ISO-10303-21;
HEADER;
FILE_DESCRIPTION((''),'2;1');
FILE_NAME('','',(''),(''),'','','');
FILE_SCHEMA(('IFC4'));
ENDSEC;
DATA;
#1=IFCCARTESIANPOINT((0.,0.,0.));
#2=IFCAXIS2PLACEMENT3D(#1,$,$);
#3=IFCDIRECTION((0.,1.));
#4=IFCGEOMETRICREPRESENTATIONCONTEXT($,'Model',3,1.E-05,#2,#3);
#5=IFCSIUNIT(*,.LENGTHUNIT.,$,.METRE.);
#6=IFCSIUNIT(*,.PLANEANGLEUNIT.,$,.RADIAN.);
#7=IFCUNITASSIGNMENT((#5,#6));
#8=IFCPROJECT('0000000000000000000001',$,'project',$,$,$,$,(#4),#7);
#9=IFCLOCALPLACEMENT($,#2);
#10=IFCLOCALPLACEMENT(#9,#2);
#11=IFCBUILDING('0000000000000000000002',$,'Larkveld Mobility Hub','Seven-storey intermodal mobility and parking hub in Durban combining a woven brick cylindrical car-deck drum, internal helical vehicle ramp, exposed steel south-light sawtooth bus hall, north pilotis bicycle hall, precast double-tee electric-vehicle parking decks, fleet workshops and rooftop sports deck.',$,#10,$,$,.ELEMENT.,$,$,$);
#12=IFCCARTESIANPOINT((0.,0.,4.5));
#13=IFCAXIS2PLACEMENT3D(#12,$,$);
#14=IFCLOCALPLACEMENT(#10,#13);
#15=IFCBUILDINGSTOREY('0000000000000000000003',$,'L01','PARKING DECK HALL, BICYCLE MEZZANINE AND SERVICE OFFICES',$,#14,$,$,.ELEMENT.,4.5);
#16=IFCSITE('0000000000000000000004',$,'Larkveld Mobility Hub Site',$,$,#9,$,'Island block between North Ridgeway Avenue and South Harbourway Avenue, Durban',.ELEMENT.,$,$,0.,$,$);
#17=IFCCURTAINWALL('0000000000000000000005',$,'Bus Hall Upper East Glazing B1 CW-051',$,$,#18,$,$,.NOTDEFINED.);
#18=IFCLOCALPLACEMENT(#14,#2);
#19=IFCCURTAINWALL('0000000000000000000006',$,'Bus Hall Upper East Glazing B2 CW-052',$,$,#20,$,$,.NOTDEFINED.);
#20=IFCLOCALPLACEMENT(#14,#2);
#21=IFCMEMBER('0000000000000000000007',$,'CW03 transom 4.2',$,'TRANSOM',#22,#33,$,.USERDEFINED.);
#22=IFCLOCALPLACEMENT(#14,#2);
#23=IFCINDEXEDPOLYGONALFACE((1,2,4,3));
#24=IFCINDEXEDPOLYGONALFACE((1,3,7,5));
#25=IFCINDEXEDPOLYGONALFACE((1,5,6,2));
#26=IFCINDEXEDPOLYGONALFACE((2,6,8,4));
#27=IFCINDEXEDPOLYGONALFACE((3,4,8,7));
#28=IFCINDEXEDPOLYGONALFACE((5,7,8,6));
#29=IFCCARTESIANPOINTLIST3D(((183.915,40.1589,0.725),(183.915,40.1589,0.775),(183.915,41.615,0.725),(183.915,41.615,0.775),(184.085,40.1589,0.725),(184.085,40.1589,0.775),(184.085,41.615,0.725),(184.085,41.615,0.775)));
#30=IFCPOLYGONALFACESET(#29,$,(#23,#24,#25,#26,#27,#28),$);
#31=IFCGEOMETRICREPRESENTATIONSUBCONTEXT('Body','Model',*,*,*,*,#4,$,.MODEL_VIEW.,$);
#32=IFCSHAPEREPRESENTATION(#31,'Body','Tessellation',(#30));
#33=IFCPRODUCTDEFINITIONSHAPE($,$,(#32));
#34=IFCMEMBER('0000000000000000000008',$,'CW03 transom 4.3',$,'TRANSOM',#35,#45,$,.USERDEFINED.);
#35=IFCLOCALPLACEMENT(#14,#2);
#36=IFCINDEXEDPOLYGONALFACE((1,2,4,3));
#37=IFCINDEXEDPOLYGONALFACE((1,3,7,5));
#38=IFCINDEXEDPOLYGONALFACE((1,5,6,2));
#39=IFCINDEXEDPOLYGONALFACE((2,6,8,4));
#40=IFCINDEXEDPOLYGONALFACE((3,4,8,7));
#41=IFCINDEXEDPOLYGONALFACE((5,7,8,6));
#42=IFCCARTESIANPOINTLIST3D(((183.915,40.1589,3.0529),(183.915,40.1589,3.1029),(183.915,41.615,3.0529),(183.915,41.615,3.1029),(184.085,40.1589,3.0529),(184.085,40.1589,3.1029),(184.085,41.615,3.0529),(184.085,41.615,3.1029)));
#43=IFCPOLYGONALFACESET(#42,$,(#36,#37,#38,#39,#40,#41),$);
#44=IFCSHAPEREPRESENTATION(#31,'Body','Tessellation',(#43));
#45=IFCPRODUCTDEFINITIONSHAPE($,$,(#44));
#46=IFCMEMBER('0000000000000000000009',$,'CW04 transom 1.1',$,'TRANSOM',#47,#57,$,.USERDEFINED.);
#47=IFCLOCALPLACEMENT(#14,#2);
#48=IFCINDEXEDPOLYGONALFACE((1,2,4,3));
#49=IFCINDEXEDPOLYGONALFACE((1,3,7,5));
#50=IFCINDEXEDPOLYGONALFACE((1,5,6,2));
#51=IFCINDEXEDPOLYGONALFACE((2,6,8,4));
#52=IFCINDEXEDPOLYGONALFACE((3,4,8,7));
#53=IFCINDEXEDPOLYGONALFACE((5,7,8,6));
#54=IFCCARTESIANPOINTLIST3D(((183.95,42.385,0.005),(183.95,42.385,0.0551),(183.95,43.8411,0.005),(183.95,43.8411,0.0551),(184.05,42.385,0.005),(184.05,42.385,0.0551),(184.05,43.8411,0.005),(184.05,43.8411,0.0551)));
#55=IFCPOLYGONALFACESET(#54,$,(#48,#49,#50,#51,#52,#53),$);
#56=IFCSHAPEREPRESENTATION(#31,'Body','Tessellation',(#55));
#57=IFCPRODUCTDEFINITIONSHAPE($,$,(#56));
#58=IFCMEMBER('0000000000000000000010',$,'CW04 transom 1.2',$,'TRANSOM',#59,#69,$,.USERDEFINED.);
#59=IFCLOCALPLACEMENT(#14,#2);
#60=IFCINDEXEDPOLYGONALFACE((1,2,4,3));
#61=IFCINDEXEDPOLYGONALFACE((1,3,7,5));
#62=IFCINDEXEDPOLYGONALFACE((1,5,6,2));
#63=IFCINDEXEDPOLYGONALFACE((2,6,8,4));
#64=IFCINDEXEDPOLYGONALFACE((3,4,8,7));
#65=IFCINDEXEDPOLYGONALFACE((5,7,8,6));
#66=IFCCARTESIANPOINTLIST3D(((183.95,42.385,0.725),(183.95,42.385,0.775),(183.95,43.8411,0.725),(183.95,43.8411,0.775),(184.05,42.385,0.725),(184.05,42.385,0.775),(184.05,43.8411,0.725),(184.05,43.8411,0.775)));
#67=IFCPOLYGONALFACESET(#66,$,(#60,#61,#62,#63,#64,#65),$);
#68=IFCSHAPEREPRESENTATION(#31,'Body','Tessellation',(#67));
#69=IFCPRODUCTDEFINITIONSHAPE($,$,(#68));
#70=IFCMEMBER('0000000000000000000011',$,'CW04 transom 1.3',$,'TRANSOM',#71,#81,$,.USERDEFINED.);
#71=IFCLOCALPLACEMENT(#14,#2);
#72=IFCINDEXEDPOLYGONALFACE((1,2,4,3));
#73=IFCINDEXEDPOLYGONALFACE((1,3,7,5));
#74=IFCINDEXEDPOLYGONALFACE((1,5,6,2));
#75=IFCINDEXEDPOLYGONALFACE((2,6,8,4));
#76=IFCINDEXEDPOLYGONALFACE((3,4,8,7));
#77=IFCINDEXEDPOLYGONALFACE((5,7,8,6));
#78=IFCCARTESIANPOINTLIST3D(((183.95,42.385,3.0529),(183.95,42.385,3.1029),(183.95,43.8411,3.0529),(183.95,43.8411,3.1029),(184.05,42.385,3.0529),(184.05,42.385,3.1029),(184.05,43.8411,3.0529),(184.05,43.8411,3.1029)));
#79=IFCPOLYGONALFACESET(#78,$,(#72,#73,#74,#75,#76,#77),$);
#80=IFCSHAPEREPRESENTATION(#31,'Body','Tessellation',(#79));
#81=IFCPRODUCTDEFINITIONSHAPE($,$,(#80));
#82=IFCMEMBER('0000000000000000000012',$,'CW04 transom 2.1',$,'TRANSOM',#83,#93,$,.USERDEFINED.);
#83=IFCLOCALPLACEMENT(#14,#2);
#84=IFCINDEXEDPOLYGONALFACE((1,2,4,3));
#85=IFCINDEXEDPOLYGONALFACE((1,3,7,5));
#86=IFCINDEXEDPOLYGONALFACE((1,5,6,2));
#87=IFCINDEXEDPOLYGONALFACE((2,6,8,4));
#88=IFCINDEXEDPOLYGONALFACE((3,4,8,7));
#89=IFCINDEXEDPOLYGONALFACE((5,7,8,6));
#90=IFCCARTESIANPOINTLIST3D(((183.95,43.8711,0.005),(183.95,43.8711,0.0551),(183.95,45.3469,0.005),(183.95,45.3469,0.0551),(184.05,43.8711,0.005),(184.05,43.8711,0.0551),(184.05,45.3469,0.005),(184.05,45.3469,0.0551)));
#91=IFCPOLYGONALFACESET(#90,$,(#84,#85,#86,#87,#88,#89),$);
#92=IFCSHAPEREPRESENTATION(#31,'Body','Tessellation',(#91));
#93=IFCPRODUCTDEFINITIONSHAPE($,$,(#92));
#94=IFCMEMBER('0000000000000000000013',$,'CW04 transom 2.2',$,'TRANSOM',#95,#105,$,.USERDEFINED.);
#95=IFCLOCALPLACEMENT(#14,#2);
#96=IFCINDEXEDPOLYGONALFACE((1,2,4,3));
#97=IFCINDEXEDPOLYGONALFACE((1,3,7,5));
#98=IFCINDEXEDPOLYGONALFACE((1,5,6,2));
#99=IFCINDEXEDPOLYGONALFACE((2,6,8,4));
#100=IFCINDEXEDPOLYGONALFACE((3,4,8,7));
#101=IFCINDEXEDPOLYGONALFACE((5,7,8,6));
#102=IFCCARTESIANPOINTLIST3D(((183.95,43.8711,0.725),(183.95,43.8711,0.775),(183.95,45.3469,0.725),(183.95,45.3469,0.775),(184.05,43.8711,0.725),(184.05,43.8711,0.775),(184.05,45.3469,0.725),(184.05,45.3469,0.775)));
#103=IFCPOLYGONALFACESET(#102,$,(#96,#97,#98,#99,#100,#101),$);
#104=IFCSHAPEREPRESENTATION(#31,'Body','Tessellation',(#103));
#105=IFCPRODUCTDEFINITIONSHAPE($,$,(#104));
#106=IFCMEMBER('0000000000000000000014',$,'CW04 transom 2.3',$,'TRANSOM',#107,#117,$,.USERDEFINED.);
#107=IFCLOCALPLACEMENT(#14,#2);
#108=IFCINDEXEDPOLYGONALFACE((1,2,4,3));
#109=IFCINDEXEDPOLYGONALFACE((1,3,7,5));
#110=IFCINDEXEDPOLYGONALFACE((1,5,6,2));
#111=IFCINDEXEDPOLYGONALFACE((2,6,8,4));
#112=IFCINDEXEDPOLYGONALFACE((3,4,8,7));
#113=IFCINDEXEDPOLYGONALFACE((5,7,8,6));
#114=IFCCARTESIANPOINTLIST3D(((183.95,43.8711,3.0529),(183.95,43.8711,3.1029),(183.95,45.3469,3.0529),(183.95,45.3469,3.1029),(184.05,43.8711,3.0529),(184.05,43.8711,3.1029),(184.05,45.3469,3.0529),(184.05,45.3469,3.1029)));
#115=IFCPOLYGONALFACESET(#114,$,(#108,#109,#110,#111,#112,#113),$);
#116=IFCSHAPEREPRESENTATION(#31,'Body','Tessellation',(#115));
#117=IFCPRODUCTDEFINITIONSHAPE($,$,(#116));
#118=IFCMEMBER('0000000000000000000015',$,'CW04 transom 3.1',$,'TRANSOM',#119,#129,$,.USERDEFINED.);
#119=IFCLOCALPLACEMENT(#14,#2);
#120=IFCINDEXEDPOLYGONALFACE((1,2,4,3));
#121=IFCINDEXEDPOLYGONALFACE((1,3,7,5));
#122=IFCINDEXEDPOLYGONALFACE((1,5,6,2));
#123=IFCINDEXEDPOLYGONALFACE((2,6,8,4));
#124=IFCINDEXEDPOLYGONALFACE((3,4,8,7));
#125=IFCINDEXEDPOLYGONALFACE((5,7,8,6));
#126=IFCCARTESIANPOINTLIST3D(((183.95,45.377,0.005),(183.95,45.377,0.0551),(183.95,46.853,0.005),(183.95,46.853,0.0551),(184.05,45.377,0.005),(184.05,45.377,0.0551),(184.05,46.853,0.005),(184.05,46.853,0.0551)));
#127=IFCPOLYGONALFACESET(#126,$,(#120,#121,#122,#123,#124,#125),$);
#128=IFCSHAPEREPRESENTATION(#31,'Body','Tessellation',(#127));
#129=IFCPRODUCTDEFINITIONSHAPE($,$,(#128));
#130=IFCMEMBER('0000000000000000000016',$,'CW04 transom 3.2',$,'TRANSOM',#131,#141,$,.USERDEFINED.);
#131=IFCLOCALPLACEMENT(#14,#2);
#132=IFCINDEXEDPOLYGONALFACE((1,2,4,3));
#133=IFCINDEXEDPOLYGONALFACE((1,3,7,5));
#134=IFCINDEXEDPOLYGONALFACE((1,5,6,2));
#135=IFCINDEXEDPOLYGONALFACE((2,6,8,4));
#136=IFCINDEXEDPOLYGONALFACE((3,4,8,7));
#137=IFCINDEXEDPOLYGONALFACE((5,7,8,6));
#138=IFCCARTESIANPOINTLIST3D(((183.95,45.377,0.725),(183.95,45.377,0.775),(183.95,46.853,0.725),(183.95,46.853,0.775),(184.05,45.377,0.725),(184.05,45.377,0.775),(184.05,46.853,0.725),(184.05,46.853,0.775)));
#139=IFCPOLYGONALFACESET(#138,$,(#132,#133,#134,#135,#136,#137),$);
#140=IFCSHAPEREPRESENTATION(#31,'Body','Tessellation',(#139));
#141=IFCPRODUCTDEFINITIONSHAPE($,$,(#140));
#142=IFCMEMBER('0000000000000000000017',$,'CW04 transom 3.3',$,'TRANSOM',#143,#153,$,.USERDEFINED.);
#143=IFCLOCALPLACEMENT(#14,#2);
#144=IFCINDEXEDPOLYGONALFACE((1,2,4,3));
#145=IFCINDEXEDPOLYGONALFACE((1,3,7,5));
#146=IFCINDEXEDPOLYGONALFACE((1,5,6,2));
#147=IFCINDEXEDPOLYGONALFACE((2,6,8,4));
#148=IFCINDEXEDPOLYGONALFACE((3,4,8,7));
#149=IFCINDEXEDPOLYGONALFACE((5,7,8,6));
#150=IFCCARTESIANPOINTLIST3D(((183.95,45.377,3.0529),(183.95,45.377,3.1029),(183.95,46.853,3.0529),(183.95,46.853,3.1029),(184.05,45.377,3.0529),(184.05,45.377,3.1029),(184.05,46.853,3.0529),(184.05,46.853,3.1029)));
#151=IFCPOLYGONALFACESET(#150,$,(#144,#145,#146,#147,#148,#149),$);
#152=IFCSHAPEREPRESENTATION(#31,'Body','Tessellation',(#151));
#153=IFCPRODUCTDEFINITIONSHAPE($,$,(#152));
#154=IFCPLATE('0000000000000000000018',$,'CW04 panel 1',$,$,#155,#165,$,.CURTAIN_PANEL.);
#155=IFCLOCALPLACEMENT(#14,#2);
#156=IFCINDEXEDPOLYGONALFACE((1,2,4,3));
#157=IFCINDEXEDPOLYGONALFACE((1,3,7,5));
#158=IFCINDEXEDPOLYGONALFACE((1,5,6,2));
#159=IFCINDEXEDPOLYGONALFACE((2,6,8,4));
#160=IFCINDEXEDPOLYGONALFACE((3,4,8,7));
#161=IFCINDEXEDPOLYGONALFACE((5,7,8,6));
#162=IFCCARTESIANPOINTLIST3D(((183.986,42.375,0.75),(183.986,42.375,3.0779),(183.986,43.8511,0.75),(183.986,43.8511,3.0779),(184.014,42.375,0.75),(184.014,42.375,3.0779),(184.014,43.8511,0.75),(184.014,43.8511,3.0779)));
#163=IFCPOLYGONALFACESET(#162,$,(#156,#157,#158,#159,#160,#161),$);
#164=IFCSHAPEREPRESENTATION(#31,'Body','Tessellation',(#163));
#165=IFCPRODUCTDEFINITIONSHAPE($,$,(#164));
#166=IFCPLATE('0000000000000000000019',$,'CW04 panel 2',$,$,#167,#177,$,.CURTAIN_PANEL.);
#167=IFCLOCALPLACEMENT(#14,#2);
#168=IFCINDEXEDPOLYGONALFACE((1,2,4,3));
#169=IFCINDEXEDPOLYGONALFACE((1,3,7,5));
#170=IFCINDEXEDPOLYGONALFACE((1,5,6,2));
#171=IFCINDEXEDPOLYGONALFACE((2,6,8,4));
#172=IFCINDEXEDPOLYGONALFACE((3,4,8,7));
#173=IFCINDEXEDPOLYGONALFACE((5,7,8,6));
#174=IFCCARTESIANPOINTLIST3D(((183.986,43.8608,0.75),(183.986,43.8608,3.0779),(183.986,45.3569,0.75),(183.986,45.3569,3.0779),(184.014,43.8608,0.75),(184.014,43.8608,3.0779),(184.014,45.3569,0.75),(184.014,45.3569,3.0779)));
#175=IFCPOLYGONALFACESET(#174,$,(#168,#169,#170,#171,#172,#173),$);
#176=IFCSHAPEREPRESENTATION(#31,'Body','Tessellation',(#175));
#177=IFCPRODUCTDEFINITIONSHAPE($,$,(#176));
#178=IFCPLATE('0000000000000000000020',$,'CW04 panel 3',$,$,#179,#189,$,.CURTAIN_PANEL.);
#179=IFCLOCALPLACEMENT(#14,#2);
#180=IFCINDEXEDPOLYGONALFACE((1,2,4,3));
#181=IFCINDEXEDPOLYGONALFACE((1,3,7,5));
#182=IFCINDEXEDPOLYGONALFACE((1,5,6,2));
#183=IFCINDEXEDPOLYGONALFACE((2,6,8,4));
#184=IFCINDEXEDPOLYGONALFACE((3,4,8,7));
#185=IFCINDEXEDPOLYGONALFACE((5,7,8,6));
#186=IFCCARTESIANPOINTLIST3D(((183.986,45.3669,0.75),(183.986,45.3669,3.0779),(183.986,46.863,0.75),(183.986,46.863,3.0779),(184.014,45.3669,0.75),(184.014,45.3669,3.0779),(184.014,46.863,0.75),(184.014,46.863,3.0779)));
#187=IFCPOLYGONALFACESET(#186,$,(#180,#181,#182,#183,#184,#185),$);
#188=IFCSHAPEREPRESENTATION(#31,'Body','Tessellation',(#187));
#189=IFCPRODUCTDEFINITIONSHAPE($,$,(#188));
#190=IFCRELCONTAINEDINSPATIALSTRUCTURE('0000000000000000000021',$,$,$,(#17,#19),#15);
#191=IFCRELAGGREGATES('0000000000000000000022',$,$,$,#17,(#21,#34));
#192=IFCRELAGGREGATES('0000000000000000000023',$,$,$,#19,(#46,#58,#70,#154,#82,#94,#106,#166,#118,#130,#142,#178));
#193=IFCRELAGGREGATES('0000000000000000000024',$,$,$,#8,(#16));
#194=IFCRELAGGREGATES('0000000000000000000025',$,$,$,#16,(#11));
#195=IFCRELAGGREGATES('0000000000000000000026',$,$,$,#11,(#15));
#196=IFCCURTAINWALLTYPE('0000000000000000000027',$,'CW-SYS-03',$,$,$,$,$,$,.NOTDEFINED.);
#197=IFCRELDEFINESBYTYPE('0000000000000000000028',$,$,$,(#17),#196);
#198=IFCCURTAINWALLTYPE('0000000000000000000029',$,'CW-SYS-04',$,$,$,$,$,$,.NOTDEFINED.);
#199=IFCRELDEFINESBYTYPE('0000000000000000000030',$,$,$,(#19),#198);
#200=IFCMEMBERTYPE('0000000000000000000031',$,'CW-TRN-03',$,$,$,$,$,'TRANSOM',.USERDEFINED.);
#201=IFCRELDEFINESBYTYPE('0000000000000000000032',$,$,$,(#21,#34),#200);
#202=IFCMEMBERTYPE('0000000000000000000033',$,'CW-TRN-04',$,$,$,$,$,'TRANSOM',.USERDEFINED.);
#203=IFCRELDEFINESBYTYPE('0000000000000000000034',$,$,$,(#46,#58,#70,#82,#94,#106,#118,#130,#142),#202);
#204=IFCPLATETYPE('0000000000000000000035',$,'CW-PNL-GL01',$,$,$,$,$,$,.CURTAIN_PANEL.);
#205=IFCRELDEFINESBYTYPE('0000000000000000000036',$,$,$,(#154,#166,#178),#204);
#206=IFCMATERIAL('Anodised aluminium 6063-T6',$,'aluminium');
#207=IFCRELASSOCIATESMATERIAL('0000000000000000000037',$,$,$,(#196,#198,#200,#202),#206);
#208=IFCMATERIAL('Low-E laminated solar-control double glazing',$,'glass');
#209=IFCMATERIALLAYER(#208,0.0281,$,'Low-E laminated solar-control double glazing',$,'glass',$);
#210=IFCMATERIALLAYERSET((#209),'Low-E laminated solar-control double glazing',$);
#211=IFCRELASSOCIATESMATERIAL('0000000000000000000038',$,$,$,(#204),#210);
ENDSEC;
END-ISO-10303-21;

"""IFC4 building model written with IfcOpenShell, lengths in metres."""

from ifc_helpers import new_model, si_unit, direction, frame, origin, origin_2d, place, context, subcontext, project, spatial, rectangle, extrude, material, layer, layer_set, material_profile, profile_set, type_object, element, aggregate, save


model = new_model("IFC4")

# Units and contexts
model_context = context("Model", 3, precision=1e-05, world=origin(), true_north=direction((0.0, 1.0)))
body_context = subcontext(model_context, "Body", "Model", "MODEL_VIEW")
ifc_project = project(units=[si_unit("LENGTHUNIT", "METRE"), si_unit("PLANEANGLEUNIT", "RADIAN")], contexts=[model_context])

# Site, building, storey
site_placement = place(None, origin())
site = spatial("IfcSite", under=ifc_project, at=site_placement, Name="Larkveld Mobility Hub Site", LongName="Island block between North Ridgeway Avenue and South Harbourway Avenue, Durban", CompositionType="ELEMENT", RefElevation=0.0)
building_placement = place(site_placement, origin())
building = spatial("IfcBuilding", under=site, at=building_placement, Name="Larkveld Mobility Hub", Description="Seven-storey intermodal mobility and parking hub in Durban combining a woven brick cylindrical car-deck drum, internal helical vehicle ramp, exposed steel south-light sawtooth bus hall, north pilotis bicycle hall, precast double-tee electric-vehicle parking decks, fleet workshops and rooftop sports deck.", CompositionType="ELEMENT")
storey_placement = place(building_placement, frame((0.0, 0.0, 4.5)))
storey = spatial("IfcBuildingStorey", under=building, at=storey_placement, Name="L01", Description="PARKING DECK HALL, BICYCLE MEZZANINE AND SERVICE OFFICES", CompositionType="ELEMENT", Elevation=4.5)

# Curtain walls
ifc_material_1 = material(Name="Anodised aluminium 6063-T6", Category="aluminium")
curtain_wall_type_1 = type_object("IfcCurtainWallType", Name="CW-SYS-03", PredefinedType="NOTDEFINED", material=ifc_material_1)
curtain_wall_1_placement = place(storey_placement, origin())
curtain_wall_1 = element("IfcCurtainWall", 1, at=curtain_wall_1_placement, inside=storey, type_object=curtain_wall_type_1, Name="Bus Hall Upper East Glazing B1 CW-051", PredefinedType="NOTDEFINED")
curtain_wall_type_2 = type_object("IfcCurtainWallType", Name="CW-SYS-04", PredefinedType="NOTDEFINED", material=ifc_material_1)
curtain_wall_2_placement = place(storey_placement, origin())
curtain_wall_2 = element("IfcCurtainWall", 2, at=curtain_wall_2_placement, inside=storey, type_object=curtain_wall_type_2, Name="Bus Hall Upper East Glazing B2 CW-052", PredefinedType="NOTDEFINED")

# Members
ifc_material_profile_1 = material_profile(ifc_material_1, rectangle(XDim=0.1699, YDim=0.05, at=origin_2d()), Name="ALU TRAN 50x170")
ifc_profile_set_1 = profile_set([ifc_material_profile_1], Name="Anodised aluminium 6063-T6")
member_type_1 = type_object("IfcMemberType", Name="CW-TRN-03", ElementType="TRANSOM", PredefinedType="USERDEFINED", material=ifc_profile_set_1)
member_1_placement = place(storey_placement, frame((184.0, 40.1589, 0.75), z_axis=(0.0, 1.0, 0.0), x_axis=(-1.0, 0.0, 0.0)))
member_1 = element("IfcMember", 3, at=member_1_placement, type_object=member_type_1, Name="CW03 transom 4.2", ObjectType="TRANSOM", PredefinedType="USERDEFINED", context=body_context, shape_type="SweptSolid", body=[
    extrude(rectangle(XDim=0.1699, YDim=0.05, at=origin_2d()), origin(), (0.0, 0.0, 1.0), 1.4561),
])
member_2_placement = place(storey_placement, frame((184.0, 40.1589, 3.0779), z_axis=(0.0, 1.0, 0.0), x_axis=(-1.0, 0.0, 0.0)))
member_2 = element("IfcMember", 4, at=member_2_placement, type_object=member_type_1, Name="CW03 transom 4.3", ObjectType="TRANSOM", PredefinedType="USERDEFINED", context=body_context, shape_type="SweptSolid", body=[
    extrude(rectangle(XDim=0.1699, YDim=0.05, at=origin_2d()), origin(), (0.0, 0.0, 1.0), 1.4561),
])
ifc_material_profile_2 = material_profile(ifc_material_1, rectangle(XDim=0.1001, YDim=0.05, at=origin_2d()), Name="ALU TRAN 50x100")
ifc_profile_set_2 = profile_set([ifc_material_profile_2], Name="Anodised aluminium 6063-T6")
member_type_2 = type_object("IfcMemberType", Name="CW-TRN-04", ElementType="TRANSOM", PredefinedType="USERDEFINED", material=ifc_profile_set_2)
member_3_placement = place(storey_placement, frame((184.0, 42.385, 0.03), z_axis=(0.0, 1.0, 0.0), x_axis=(-1.0, 0.0, 0.0)))
member_3 = element("IfcMember", 5, at=member_3_placement, type_object=member_type_2, Name="CW04 transom 1.1", ObjectType="TRANSOM", PredefinedType="USERDEFINED", context=body_context, shape_type="SweptSolid", body=[
    extrude(rectangle(XDim=0.1001, YDim=0.05, at=origin_2d()), origin(), (0.0, 0.0, 1.0), 1.4561),
])
member_4_placement = place(storey_placement, frame((184.0, 42.385, 0.75), z_axis=(0.0, 1.0, 0.0), x_axis=(-1.0, 0.0, 0.0)))
member_4 = element("IfcMember", 6, at=member_4_placement, type_object=member_type_2, Name="CW04 transom 1.2", ObjectType="TRANSOM", PredefinedType="USERDEFINED", context=body_context, shape_type="SweptSolid", body=[
    extrude(rectangle(XDim=0.1001, YDim=0.05, at=origin_2d()), origin(), (0.0, 0.0, 1.0), 1.4561),
])
member_5_placement = place(storey_placement, frame((184.0, 42.385, 3.0779), z_axis=(0.0, 1.0, 0.0), x_axis=(-1.0, 0.0, 0.0)))
member_5 = element("IfcMember", 7, at=member_5_placement, type_object=member_type_2, Name="CW04 transom 1.3", ObjectType="TRANSOM", PredefinedType="USERDEFINED", context=body_context, shape_type="SweptSolid", body=[
    extrude(rectangle(XDim=0.1001, YDim=0.05, at=origin_2d()), origin(), (0.0, 0.0, 1.0), 1.4561),
])
member_6_placement = place(storey_placement, frame((184.0, 43.8711, 0.03), z_axis=(0.0, 1.0, 0.0), x_axis=(-1.0, 0.0, 0.0)))
member_6 = element("IfcMember", 8, at=member_6_placement, type_object=member_type_2, Name="CW04 transom 2.1", ObjectType="TRANSOM", PredefinedType="USERDEFINED", context=body_context, shape_type="SweptSolid", body=[
    extrude(rectangle(XDim=0.1001, YDim=0.05, at=origin_2d()), origin(), (0.0, 0.0, 1.0), 1.4758),
])
member_7_placement = place(storey_placement, frame((184.0, 43.8711, 0.75), z_axis=(0.0, 1.0, 0.0), x_axis=(-1.0, 0.0, 0.0)))
member_7 = element("IfcMember", 9, at=member_7_placement, type_object=member_type_2, Name="CW04 transom 2.2", ObjectType="TRANSOM", PredefinedType="USERDEFINED", context=body_context, shape_type="SweptSolid", body=[
    extrude(rectangle(XDim=0.1001, YDim=0.05, at=origin_2d()), origin(), (0.0, 0.0, 1.0), 1.4758),
])
member_8_placement = place(storey_placement, frame((184.0, 43.8711, 3.0779), z_axis=(0.0, 1.0, 0.0), x_axis=(-1.0, 0.0, 0.0)))
member_8 = element("IfcMember", 10, at=member_8_placement, type_object=member_type_2, Name="CW04 transom 2.3", ObjectType="TRANSOM", PredefinedType="USERDEFINED", context=body_context, shape_type="SweptSolid", body=[
    extrude(rectangle(XDim=0.1001, YDim=0.05, at=origin_2d()), origin(), (0.0, 0.0, 1.0), 1.4758),
])
member_9_placement = place(storey_placement, frame((184.0, 45.377, 0.03), z_axis=(0.0, 1.0, 0.0), x_axis=(-1.0, 0.0, 0.0)))
member_9 = element("IfcMember", 11, at=member_9_placement, type_object=member_type_2, Name="CW04 transom 3.1", ObjectType="TRANSOM", PredefinedType="USERDEFINED", context=body_context, shape_type="SweptSolid", body=[
    extrude(rectangle(XDim=0.1001, YDim=0.05, at=origin_2d()), origin(), (0.0, 0.0, 1.0), 1.4761),
])
member_10_placement = place(storey_placement, frame((184.0, 45.377, 0.75), z_axis=(0.0, 1.0, 0.0), x_axis=(-1.0, 0.0, 0.0)))
member_10 = element("IfcMember", 12, at=member_10_placement, type_object=member_type_2, Name="CW04 transom 3.2", ObjectType="TRANSOM", PredefinedType="USERDEFINED", context=body_context, shape_type="SweptSolid", body=[
    extrude(rectangle(XDim=0.1001, YDim=0.05, at=origin_2d()), origin(), (0.0, 0.0, 1.0), 1.4761),
])
member_11_placement = place(storey_placement, frame((184.0, 45.377, 3.0779), z_axis=(0.0, 1.0, 0.0), x_axis=(-1.0, 0.0, 0.0)))
member_11 = element("IfcMember", 13, at=member_11_placement, type_object=member_type_2, Name="CW04 transom 3.3", ObjectType="TRANSOM", PredefinedType="USERDEFINED", context=body_context, shape_type="SweptSolid", body=[
    extrude(rectangle(XDim=0.1001, YDim=0.05, at=origin_2d()), origin(), (0.0, 0.0, 1.0), 1.4761),
])

# Plates
ifc_material_2 = material(Name="Low-E laminated solar-control double glazing", Category="glass")
ifc_layer_1 = layer(ifc_material_2, 0.0281, Name="Low-E laminated solar-control double glazing", Category="glass")
ifc_layer_set_1 = layer_set([ifc_layer_1], Name="Low-E laminated solar-control double glazing")
plate_type_1 = type_object("IfcPlateType", Name="CW-PNL-GL01", PredefinedType="CURTAIN_PANEL", material=ifc_layer_set_1)
plate_1_placement = place(storey_placement, frame((184.0, 43.113, 0.75), z_axis=(0.0, 0.0, 1.0), x_axis=(0.0, 1.0, 0.0)))
plate_1 = element("IfcPlate", 14, at=plate_1_placement, type_object=plate_type_1, Name="CW04 panel 1", PredefinedType="CURTAIN_PANEL", context=body_context, shape_type="SweptSolid", body=[
    extrude(rectangle(XDim=1.4761, YDim=0.0281, at=origin_2d()), origin(), (0.0, 0.0, 1.0), 2.3279),
])
plate_2_placement = place(storey_placement, frame((184.0, 44.6089, 0.75), z_axis=(0.0, 0.0, 1.0), x_axis=(0.0, 1.0, 0.0)))
plate_2 = element("IfcPlate", 15, at=plate_2_placement, type_object=plate_type_1, Name="CW04 panel 2", PredefinedType="CURTAIN_PANEL", context=body_context, shape_type="SweptSolid", body=[
    extrude(rectangle(XDim=1.4961, YDim=0.0281, at=origin_2d()), origin(), (0.0, 0.0, 1.0), 2.3279),
])
plate_3_placement = place(storey_placement, frame((184.0, 46.115, 0.75), z_axis=(0.0, 0.0, 1.0), x_axis=(0.0, 1.0, 0.0)))
plate_3 = element("IfcPlate", 16, at=plate_3_placement, type_object=plate_type_1, Name="CW04 panel 3", PredefinedType="CURTAIN_PANEL", context=body_context, shape_type="SweptSolid", body=[
    extrude(rectangle(XDim=1.4961, YDim=0.0281, at=origin_2d()), origin(), (0.0, 0.0, 1.0), 2.3279),
])
aggregate(curtain_wall_1, [member_1, member_2])
aggregate(curtain_wall_2, [member_3, member_4, member_5, plate_1, member_6, member_7, member_8, plate_2, member_9, member_10, member_11, plate_3])

save(model, "model.ifc")
